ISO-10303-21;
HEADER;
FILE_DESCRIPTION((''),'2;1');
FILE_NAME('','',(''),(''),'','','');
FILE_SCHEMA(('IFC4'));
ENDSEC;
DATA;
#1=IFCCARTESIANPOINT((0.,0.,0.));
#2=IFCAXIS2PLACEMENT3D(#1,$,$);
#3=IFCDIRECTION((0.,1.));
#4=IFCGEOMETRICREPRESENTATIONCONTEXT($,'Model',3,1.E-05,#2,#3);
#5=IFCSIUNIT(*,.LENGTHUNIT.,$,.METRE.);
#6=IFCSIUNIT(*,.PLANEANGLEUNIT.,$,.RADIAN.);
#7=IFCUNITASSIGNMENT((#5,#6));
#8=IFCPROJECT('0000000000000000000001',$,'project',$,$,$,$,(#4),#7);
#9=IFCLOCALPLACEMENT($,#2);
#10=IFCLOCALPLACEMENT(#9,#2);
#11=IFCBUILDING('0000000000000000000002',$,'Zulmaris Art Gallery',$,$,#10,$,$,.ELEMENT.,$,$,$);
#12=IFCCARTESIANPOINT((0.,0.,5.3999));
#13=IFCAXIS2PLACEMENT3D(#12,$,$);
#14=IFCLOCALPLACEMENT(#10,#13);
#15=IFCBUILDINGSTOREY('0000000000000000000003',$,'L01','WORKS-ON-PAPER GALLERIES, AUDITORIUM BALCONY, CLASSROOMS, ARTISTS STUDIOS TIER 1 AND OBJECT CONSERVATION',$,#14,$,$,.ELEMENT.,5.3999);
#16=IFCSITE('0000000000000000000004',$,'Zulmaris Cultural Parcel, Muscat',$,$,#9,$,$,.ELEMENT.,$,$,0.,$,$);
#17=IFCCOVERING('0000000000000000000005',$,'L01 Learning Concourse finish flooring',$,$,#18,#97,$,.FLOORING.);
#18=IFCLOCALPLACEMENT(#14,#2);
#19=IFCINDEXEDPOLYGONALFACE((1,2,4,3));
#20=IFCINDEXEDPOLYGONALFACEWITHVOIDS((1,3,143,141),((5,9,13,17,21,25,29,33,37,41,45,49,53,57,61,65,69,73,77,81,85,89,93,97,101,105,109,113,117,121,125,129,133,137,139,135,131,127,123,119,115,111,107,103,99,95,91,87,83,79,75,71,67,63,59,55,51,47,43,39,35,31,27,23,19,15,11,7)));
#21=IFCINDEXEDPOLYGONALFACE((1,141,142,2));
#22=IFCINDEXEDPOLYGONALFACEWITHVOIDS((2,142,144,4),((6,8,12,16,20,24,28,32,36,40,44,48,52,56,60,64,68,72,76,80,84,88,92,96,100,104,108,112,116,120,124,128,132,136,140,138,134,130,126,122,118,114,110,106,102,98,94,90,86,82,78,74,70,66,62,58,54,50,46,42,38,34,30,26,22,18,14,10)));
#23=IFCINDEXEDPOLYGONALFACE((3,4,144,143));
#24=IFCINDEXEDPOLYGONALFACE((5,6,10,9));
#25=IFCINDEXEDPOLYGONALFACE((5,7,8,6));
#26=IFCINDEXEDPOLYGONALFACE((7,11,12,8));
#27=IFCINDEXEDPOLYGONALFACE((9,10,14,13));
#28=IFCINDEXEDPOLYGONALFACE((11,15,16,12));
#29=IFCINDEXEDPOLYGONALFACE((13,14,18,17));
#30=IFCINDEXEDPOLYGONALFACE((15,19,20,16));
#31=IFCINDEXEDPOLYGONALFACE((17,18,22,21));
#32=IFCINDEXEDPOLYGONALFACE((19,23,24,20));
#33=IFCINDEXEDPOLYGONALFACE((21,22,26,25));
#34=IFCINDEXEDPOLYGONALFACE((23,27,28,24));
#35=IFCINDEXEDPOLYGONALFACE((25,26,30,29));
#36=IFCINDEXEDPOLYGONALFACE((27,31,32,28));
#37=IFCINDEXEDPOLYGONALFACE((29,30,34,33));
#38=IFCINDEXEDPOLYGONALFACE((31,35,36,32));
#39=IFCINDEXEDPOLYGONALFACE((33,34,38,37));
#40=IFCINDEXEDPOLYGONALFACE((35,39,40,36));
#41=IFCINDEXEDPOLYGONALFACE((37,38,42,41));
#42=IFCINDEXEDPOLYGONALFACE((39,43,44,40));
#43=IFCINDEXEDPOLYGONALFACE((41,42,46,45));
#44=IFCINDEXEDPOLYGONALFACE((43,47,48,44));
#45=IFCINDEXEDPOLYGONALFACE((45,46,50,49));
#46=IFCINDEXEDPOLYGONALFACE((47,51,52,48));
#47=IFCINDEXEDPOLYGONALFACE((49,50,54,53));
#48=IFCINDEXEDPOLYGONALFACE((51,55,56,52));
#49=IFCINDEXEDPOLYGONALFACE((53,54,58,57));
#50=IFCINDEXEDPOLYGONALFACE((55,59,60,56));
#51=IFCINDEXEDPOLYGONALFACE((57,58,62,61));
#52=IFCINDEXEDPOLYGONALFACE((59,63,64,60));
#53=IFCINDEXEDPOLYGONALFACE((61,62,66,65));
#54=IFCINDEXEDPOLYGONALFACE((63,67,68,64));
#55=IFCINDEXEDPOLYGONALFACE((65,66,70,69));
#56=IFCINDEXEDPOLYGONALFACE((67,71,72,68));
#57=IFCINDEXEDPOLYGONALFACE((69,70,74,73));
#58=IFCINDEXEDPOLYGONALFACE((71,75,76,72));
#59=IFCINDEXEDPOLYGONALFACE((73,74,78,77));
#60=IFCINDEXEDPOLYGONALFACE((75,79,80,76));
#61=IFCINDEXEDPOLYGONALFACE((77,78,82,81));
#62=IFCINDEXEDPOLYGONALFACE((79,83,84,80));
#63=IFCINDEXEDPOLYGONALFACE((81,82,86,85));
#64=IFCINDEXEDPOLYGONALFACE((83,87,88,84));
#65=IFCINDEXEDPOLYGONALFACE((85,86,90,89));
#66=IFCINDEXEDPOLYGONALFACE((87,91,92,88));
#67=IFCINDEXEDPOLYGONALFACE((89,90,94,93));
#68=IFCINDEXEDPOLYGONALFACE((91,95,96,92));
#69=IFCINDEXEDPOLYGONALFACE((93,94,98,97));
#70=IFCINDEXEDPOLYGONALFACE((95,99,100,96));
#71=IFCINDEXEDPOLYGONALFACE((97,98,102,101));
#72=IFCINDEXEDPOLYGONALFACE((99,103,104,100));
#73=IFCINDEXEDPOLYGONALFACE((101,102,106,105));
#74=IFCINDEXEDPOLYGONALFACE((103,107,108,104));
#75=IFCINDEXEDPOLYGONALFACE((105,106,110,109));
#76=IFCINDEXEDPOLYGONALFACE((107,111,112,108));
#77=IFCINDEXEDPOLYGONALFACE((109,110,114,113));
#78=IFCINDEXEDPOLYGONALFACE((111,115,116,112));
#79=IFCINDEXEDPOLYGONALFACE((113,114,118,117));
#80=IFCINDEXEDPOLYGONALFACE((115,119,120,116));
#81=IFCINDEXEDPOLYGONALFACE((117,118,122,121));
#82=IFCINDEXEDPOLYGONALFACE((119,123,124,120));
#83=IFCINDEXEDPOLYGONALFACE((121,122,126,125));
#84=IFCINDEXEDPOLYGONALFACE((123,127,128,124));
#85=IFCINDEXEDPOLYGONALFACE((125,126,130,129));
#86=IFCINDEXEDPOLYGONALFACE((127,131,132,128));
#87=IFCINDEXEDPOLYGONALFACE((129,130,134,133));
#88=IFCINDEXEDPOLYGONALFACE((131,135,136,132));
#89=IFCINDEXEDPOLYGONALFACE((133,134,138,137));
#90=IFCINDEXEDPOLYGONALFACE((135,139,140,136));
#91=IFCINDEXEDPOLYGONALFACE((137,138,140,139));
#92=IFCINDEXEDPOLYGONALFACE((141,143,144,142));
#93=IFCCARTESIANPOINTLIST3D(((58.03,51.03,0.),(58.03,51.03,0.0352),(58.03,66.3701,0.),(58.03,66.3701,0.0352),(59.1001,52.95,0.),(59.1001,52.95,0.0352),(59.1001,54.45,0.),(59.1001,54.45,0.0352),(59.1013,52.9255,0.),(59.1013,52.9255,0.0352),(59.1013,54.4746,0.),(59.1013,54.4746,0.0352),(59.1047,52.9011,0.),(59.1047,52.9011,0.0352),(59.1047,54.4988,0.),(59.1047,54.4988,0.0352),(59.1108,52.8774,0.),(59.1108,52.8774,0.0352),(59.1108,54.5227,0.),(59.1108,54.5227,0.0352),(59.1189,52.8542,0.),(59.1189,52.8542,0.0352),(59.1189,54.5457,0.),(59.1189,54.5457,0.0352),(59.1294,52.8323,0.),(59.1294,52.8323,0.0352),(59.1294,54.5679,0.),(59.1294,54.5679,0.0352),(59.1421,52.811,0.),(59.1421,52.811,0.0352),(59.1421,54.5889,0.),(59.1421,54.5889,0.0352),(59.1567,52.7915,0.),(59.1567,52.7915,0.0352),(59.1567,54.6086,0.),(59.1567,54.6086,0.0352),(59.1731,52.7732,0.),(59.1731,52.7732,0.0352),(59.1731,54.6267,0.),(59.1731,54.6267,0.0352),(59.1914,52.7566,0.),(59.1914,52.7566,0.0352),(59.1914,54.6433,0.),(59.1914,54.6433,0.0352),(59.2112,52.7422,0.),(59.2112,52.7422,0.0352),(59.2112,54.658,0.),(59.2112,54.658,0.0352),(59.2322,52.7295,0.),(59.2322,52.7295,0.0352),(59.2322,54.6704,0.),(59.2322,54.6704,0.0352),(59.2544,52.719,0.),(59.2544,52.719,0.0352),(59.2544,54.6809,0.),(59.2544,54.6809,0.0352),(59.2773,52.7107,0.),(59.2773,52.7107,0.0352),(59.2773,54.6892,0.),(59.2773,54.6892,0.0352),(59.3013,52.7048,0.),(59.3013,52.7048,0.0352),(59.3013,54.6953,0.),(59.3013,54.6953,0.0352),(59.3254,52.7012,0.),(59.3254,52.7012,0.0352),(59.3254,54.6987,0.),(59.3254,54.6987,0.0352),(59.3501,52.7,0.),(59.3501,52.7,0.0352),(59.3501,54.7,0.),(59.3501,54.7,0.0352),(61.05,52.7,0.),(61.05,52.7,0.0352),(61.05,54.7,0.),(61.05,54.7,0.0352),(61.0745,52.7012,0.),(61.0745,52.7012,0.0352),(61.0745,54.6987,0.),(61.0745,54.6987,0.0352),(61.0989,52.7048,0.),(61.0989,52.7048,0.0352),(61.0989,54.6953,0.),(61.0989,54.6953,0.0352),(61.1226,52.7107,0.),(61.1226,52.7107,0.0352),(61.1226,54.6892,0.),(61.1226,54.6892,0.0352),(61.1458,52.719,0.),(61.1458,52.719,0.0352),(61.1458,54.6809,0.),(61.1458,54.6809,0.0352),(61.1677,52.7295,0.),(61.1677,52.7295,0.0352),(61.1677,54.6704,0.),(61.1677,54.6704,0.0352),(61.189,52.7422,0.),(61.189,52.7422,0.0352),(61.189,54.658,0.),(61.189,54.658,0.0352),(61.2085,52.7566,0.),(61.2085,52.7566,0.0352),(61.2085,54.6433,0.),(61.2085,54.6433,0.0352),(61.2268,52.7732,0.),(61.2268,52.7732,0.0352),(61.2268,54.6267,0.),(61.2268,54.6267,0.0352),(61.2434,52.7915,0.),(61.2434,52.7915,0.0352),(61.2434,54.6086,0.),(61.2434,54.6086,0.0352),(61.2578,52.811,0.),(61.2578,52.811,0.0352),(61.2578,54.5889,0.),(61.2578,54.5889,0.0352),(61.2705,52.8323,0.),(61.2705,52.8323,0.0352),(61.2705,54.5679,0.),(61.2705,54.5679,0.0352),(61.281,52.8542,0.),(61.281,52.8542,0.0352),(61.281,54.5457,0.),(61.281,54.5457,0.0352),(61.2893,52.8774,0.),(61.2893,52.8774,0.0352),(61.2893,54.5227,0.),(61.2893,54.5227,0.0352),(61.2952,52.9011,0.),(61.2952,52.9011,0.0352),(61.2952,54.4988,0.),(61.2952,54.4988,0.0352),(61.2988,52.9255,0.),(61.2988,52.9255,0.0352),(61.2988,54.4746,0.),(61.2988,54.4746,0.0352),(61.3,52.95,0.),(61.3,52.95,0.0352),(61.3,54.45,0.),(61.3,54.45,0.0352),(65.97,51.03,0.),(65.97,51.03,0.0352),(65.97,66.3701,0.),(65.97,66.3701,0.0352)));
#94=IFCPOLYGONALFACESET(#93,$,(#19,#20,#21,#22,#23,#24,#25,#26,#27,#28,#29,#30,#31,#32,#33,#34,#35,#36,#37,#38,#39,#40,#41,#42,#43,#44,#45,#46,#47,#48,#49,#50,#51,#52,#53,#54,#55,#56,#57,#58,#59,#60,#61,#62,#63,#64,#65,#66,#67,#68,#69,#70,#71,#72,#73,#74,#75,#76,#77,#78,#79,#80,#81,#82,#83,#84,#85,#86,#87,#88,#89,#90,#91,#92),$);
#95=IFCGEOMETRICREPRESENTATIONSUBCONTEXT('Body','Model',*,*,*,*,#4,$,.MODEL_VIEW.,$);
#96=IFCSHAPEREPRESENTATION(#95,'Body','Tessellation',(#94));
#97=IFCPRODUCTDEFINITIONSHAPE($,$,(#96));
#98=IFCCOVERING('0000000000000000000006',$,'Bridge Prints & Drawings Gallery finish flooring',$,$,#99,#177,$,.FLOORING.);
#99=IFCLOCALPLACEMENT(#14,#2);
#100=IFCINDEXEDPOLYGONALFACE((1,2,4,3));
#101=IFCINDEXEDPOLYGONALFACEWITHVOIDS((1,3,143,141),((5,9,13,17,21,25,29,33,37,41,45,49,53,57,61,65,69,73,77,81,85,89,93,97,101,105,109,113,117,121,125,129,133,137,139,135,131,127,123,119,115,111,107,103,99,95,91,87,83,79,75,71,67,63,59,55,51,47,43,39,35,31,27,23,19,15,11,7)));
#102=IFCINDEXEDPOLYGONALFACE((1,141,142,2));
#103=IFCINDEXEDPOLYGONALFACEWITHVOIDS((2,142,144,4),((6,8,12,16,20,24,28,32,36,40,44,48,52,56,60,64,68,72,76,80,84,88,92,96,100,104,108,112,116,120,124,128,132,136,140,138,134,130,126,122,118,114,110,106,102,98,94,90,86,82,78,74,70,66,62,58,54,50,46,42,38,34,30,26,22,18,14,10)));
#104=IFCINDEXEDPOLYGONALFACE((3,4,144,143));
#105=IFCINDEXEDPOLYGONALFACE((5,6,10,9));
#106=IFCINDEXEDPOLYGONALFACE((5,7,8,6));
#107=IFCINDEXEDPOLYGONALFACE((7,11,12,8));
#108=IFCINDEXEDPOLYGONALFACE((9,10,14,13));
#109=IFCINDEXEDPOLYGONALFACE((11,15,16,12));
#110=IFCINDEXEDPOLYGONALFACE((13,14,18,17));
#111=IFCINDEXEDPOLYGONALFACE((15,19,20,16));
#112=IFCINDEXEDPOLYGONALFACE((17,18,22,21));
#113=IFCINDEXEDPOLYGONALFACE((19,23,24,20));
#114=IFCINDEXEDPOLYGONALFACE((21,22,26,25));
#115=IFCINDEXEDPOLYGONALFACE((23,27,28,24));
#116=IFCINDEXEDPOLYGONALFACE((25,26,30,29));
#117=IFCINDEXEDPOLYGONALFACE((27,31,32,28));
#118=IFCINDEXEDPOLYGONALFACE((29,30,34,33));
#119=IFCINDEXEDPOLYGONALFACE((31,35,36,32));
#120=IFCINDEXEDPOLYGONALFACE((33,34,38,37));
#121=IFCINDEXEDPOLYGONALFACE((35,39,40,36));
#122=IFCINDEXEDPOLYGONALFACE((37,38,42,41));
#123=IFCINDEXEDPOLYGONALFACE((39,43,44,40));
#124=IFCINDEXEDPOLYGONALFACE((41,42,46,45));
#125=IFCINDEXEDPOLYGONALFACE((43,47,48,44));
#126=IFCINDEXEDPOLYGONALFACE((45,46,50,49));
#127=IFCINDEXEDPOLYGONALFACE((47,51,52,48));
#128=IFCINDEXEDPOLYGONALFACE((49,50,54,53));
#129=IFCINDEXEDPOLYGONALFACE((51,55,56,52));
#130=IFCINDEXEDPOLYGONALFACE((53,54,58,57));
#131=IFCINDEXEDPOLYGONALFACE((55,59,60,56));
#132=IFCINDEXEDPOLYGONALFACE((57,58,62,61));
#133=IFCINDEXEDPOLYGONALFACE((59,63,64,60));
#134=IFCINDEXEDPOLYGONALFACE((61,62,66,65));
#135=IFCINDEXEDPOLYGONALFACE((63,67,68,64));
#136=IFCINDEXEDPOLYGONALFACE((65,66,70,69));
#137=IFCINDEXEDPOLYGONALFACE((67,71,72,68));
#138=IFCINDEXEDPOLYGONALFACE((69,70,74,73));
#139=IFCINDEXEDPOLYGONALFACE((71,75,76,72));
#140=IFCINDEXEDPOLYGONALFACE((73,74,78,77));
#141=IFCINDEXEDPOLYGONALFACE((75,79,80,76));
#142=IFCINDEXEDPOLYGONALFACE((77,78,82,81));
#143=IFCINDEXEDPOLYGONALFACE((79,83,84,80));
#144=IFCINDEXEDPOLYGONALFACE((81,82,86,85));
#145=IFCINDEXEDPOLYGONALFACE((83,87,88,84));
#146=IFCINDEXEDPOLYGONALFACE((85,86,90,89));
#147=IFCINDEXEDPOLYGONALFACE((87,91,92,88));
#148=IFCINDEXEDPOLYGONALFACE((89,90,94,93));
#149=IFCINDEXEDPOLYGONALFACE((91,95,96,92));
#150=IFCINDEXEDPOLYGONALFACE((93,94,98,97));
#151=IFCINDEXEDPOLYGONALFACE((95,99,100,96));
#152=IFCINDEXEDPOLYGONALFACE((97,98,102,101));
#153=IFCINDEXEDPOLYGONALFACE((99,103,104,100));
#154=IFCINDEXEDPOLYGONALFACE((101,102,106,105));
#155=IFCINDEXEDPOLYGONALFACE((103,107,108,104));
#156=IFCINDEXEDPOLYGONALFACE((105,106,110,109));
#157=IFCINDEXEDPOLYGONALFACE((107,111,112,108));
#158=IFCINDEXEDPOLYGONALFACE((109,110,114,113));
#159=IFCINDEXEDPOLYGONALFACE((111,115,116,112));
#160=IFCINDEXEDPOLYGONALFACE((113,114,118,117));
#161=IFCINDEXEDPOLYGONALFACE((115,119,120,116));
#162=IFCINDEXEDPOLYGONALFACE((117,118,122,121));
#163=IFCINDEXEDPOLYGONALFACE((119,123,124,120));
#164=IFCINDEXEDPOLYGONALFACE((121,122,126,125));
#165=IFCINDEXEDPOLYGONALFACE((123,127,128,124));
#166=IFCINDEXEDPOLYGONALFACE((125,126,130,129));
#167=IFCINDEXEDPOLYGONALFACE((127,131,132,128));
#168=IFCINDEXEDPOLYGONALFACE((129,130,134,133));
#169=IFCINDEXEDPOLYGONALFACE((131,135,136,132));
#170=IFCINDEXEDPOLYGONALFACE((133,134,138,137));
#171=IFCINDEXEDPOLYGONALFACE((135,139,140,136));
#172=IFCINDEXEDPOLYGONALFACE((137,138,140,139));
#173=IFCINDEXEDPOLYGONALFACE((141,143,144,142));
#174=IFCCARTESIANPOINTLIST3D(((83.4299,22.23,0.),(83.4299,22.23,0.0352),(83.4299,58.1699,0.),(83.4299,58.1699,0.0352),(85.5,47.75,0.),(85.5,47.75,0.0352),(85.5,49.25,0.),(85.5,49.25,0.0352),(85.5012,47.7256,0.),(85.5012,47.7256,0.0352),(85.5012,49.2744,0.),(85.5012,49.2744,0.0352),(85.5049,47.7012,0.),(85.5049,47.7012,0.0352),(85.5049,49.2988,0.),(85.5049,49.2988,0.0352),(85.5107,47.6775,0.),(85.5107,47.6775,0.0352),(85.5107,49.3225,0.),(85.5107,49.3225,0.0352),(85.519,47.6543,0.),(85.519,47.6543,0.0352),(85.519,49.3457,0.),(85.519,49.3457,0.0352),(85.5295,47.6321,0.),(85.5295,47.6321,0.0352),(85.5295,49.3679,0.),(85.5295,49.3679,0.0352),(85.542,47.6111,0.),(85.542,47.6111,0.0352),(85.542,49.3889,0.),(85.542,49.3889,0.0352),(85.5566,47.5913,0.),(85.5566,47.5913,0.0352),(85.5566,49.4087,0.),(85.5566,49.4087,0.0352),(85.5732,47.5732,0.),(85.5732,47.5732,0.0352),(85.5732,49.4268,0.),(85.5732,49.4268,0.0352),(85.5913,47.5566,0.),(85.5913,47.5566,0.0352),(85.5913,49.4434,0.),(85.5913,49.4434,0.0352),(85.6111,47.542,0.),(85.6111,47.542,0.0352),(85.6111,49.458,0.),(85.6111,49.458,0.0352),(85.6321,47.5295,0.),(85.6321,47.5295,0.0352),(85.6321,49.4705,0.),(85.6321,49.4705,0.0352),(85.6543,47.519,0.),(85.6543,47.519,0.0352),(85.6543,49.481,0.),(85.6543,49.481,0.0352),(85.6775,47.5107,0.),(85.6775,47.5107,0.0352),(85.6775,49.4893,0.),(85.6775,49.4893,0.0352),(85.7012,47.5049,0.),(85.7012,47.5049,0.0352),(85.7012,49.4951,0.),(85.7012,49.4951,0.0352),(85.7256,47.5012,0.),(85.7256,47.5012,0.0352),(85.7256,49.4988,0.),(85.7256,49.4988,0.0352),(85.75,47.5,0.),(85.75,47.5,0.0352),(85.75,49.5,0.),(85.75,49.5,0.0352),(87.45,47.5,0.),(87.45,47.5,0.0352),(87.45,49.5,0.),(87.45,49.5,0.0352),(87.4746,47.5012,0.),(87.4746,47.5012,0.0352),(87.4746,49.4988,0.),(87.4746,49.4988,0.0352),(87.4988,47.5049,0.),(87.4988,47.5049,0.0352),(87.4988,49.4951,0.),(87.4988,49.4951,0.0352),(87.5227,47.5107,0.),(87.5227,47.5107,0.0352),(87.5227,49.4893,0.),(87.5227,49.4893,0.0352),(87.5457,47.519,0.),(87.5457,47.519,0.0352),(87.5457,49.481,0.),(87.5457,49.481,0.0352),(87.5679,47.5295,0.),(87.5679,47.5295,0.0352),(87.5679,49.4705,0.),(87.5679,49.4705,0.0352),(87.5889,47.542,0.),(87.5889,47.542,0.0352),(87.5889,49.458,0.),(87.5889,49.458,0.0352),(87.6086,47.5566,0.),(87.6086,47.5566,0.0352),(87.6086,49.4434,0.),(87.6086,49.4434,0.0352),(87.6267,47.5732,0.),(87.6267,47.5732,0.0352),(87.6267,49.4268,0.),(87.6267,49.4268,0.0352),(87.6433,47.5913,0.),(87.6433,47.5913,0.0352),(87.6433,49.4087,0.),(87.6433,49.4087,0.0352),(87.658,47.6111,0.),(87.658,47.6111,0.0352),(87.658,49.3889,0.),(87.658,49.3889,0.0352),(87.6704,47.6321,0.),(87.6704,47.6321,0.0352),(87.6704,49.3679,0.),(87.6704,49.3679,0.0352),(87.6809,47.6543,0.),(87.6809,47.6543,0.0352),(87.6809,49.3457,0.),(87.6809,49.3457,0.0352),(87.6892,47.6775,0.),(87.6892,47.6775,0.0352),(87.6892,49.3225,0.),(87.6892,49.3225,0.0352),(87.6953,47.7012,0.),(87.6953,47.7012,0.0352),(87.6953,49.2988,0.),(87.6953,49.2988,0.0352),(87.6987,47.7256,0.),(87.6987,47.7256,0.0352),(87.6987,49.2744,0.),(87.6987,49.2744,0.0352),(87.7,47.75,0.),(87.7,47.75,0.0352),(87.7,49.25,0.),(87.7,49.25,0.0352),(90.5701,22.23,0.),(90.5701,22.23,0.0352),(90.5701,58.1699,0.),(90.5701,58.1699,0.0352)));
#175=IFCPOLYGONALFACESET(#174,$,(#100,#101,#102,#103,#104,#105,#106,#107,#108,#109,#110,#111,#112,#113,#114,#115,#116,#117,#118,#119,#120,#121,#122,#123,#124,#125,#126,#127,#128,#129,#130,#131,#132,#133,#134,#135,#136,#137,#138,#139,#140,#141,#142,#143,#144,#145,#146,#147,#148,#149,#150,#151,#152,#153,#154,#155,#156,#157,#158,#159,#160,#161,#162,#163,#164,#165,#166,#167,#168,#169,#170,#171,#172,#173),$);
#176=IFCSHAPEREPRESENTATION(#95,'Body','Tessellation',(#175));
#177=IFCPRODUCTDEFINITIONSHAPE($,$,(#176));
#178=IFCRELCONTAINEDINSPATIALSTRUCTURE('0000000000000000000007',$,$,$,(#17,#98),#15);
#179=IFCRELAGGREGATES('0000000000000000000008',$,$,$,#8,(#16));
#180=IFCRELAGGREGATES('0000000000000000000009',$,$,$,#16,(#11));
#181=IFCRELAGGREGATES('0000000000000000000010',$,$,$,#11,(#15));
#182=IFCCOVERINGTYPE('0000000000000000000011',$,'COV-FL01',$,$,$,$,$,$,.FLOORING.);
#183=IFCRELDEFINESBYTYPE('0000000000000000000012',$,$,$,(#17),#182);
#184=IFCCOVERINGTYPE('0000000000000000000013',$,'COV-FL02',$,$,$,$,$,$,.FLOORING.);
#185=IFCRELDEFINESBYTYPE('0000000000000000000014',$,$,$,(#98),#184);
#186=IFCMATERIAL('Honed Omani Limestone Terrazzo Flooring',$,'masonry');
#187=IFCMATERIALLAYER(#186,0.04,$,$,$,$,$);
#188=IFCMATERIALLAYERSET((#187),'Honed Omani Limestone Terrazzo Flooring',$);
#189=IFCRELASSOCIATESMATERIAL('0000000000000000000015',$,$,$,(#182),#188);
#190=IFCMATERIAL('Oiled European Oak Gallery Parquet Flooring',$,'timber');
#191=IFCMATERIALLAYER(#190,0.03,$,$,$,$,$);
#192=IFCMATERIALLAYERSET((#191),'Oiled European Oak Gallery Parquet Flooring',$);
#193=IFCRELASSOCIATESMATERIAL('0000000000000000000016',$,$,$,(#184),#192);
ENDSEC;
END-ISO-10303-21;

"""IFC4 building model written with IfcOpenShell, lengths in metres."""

from ifc_helpers import new_model, si_unit, direction, frame, origin, place, context, subcontext, project, spatial, polyline, outline, extrude, material, layer, layer_set, type_object, element, save


model = new_model("IFC4")

# Units and contexts
model_context = context("Model", 3, precision=1e-05, world=origin(), true_north=direction((0.0, 1.0)))
body_context = subcontext(model_context, "Body", "Model", "MODEL_VIEW")
ifc_project = project(units=[si_unit("LENGTHUNIT", "METRE"), si_unit("PLANEANGLEUNIT", "RADIAN")], contexts=[model_context])

# Site, building, storey
site_placement = place(None, origin())
site = spatial("IfcSite", under=ifc_project, at=site_placement, Name="Zulmaris Cultural Parcel, Muscat", CompositionType="ELEMENT", RefElevation=0.0)
building_placement = place(site_placement, origin())
building = spatial("IfcBuilding", under=site, at=building_placement, Name="Zulmaris Art Gallery", CompositionType="ELEMENT")
storey_placement = place(building_placement, frame((0.0, 0.0, 5.3999)))
storey = spatial("IfcBuildingStorey", under=building, at=storey_placement, Name="L01", Description="WORKS-ON-PAPER GALLERIES, AUDITORIUM BALCONY, CLASSROOMS, ARTISTS STUDIOS TIER 1 AND OBJECT CONSERVATION", CompositionType="ELEMENT", Elevation=5.3999)

# Coverings
ifc_material_1 = material(Name="Honed Omani Limestone Terrazzo Flooring", Category="masonry")
ifc_layer_1 = layer(ifc_material_1, 0.04)
ifc_layer_set_1 = layer_set([ifc_layer_1], Name="Honed Omani Limestone Terrazzo Flooring")
covering_type_1 = type_object("IfcCoveringType", Name="COV-FL01", PredefinedType="FLOORING", material=ifc_layer_set_1)
covering_1_placement = place(storey_placement, origin())
element("IfcCovering", 1, at=covering_1_placement, inside=storey, type_object=covering_type_1, Name="L01 Learning Concourse finish flooring", PredefinedType="FLOORING", context=body_context, shape_type="SweptSolid", body=[
    extrude(outline(polyline([(65.97, 51.03), (58.03, 51.03), (58.03, 66.3701), (65.97, 66.3701), (65.97, 51.03)]), holes=[polyline([(59.1013, 52.9255), (59.1047, 52.9011), (59.1108, 52.8774), (59.1189, 52.8542), (59.1294, 52.8323), (59.1421, 52.811), (59.1567, 52.7915), (59.1731, 52.7732), (59.1914, 52.7566), (59.2112, 52.7422), (59.2322, 52.7295), (59.2544, 52.719), (59.2773, 52.7107), (59.3013, 52.7048), (59.3254, 52.7012), (59.3501, 52.7), (61.05, 52.7), (61.0745, 52.7012), (61.0989, 52.7048), (61.1226, 52.7107), (61.1458, 52.719), (61.1677, 52.7295), (61.189, 52.7422), (61.2085, 52.7566), (61.2268, 52.7732), (61.2434, 52.7915), (61.2578, 52.811), (61.2705, 52.8323), (61.281, 52.8542), (61.2893, 52.8774), (61.2952, 52.9011), (61.2988, 52.9255), (61.3, 52.95), (61.3, 54.45), (61.2988, 54.4746), (61.2952, 54.4988), (61.2893, 54.5227), (61.281, 54.5457), (61.2705, 54.5679), (61.2578, 54.5889), (61.2434, 54.6086), (61.2268, 54.6267), (61.2085, 54.6433), (61.189, 54.658), (61.1677, 54.6704), (61.1458, 54.6809), (61.1226, 54.6892), (61.0989, 54.6953), (61.0745, 54.6987), (61.05, 54.7), (59.3501, 54.7), (59.3254, 54.6987), (59.3013, 54.6953), (59.2773, 54.6892), (59.2544, 54.6809), (59.2322, 54.6704), (59.2112, 54.658), (59.1914, 54.6433), (59.1731, 54.6267), (59.1567, 54.6086), (59.1421, 54.5889), (59.1294, 54.5679), (59.1189, 54.5457), (59.1108, 54.5227), (59.1047, 54.4988), (59.1013, 54.4746), (59.1001, 54.45), (59.1001, 52.95), (59.1013, 52.9255)])]), origin(), (0.0, 0.0, 1.0), 0.0352),
])
ifc_material_2 = material(Name="Oiled European Oak Gallery Parquet Flooring", Category="timber")
ifc_layer_2 = layer(ifc_material_2, 0.03)
ifc_layer_set_2 = layer_set([ifc_layer_2], Name="Oiled European Oak Gallery Parquet Flooring")
covering_type_2 = type_object("IfcCoveringType", Name="COV-FL02", PredefinedType="FLOORING", material=ifc_layer_set_2)
covering_2_placement = place(storey_placement, origin())
element("IfcCovering", 2, at=covering_2_placement, inside=storey, type_object=covering_type_2, Name="Bridge Prints & Drawings Gallery finish flooring", PredefinedType="FLOORING", context=body_context, shape_type="SweptSolid", body=[
    extrude(outline(polyline([(90.5701, 22.23), (83.4299, 22.23), (83.4299, 58.1699), (90.5701, 58.1699), (90.5701, 22.23)]), holes=[polyline([(85.7256, 49.4988), (85.7012, 49.4951), (85.6775, 49.4893), (85.6543, 49.481), (85.6321, 49.4705), (85.6111, 49.458), (85.5913, 49.4434), (85.5732, 49.4268), (85.5566, 49.4087), (85.542, 49.3889), (85.5295, 49.3679), (85.519, 49.3457), (85.5107, 49.3225), (85.5049, 49.2988), (85.5012, 49.2744), (85.5, 49.25), (85.5, 47.75), (85.5012, 47.7256), (85.5049, 47.7012), (85.5107, 47.6775), (85.519, 47.6543), (85.5295, 47.6321), (85.542, 47.6111), (85.5566, 47.5913), (85.5732, 47.5732), (85.5913, 47.5566), (85.6111, 47.542), (85.6321, 47.5295), (85.6543, 47.519), (85.6775, 47.5107), (85.7012, 47.5049), (85.7256, 47.5012), (85.75, 47.5), (87.45, 47.5), (87.4746, 47.5012), (87.4988, 47.5049), (87.5227, 47.5107), (87.5457, 47.519), (87.5679, 47.5295), (87.5889, 47.542), (87.6086, 47.5566), (87.6267, 47.5732), (87.6433, 47.5913), (87.658, 47.6111), (87.6704, 47.6321), (87.6809, 47.6543), (87.6892, 47.6775), (87.6953, 47.7012), (87.6987, 47.7256), (87.7, 47.75), (87.7, 49.25), (87.6987, 49.2744), (87.6953, 49.2988), (87.6892, 49.3225), (87.6809, 49.3457), (87.6704, 49.3679), (87.658, 49.3889), (87.6433, 49.4087), (87.6267, 49.4268), (87.6086, 49.4434), (87.5889, 49.458), (87.5679, 49.4705), (87.5457, 49.481), (87.5227, 49.4893), (87.4988, 49.4951), (87.4746, 49.4988), (87.45, 49.5), (85.75, 49.5), (85.7256, 49.4988)])]), origin(), (0.0, 0.0, 1.0), 0.0352),
])

save(model, "model.ifc")
